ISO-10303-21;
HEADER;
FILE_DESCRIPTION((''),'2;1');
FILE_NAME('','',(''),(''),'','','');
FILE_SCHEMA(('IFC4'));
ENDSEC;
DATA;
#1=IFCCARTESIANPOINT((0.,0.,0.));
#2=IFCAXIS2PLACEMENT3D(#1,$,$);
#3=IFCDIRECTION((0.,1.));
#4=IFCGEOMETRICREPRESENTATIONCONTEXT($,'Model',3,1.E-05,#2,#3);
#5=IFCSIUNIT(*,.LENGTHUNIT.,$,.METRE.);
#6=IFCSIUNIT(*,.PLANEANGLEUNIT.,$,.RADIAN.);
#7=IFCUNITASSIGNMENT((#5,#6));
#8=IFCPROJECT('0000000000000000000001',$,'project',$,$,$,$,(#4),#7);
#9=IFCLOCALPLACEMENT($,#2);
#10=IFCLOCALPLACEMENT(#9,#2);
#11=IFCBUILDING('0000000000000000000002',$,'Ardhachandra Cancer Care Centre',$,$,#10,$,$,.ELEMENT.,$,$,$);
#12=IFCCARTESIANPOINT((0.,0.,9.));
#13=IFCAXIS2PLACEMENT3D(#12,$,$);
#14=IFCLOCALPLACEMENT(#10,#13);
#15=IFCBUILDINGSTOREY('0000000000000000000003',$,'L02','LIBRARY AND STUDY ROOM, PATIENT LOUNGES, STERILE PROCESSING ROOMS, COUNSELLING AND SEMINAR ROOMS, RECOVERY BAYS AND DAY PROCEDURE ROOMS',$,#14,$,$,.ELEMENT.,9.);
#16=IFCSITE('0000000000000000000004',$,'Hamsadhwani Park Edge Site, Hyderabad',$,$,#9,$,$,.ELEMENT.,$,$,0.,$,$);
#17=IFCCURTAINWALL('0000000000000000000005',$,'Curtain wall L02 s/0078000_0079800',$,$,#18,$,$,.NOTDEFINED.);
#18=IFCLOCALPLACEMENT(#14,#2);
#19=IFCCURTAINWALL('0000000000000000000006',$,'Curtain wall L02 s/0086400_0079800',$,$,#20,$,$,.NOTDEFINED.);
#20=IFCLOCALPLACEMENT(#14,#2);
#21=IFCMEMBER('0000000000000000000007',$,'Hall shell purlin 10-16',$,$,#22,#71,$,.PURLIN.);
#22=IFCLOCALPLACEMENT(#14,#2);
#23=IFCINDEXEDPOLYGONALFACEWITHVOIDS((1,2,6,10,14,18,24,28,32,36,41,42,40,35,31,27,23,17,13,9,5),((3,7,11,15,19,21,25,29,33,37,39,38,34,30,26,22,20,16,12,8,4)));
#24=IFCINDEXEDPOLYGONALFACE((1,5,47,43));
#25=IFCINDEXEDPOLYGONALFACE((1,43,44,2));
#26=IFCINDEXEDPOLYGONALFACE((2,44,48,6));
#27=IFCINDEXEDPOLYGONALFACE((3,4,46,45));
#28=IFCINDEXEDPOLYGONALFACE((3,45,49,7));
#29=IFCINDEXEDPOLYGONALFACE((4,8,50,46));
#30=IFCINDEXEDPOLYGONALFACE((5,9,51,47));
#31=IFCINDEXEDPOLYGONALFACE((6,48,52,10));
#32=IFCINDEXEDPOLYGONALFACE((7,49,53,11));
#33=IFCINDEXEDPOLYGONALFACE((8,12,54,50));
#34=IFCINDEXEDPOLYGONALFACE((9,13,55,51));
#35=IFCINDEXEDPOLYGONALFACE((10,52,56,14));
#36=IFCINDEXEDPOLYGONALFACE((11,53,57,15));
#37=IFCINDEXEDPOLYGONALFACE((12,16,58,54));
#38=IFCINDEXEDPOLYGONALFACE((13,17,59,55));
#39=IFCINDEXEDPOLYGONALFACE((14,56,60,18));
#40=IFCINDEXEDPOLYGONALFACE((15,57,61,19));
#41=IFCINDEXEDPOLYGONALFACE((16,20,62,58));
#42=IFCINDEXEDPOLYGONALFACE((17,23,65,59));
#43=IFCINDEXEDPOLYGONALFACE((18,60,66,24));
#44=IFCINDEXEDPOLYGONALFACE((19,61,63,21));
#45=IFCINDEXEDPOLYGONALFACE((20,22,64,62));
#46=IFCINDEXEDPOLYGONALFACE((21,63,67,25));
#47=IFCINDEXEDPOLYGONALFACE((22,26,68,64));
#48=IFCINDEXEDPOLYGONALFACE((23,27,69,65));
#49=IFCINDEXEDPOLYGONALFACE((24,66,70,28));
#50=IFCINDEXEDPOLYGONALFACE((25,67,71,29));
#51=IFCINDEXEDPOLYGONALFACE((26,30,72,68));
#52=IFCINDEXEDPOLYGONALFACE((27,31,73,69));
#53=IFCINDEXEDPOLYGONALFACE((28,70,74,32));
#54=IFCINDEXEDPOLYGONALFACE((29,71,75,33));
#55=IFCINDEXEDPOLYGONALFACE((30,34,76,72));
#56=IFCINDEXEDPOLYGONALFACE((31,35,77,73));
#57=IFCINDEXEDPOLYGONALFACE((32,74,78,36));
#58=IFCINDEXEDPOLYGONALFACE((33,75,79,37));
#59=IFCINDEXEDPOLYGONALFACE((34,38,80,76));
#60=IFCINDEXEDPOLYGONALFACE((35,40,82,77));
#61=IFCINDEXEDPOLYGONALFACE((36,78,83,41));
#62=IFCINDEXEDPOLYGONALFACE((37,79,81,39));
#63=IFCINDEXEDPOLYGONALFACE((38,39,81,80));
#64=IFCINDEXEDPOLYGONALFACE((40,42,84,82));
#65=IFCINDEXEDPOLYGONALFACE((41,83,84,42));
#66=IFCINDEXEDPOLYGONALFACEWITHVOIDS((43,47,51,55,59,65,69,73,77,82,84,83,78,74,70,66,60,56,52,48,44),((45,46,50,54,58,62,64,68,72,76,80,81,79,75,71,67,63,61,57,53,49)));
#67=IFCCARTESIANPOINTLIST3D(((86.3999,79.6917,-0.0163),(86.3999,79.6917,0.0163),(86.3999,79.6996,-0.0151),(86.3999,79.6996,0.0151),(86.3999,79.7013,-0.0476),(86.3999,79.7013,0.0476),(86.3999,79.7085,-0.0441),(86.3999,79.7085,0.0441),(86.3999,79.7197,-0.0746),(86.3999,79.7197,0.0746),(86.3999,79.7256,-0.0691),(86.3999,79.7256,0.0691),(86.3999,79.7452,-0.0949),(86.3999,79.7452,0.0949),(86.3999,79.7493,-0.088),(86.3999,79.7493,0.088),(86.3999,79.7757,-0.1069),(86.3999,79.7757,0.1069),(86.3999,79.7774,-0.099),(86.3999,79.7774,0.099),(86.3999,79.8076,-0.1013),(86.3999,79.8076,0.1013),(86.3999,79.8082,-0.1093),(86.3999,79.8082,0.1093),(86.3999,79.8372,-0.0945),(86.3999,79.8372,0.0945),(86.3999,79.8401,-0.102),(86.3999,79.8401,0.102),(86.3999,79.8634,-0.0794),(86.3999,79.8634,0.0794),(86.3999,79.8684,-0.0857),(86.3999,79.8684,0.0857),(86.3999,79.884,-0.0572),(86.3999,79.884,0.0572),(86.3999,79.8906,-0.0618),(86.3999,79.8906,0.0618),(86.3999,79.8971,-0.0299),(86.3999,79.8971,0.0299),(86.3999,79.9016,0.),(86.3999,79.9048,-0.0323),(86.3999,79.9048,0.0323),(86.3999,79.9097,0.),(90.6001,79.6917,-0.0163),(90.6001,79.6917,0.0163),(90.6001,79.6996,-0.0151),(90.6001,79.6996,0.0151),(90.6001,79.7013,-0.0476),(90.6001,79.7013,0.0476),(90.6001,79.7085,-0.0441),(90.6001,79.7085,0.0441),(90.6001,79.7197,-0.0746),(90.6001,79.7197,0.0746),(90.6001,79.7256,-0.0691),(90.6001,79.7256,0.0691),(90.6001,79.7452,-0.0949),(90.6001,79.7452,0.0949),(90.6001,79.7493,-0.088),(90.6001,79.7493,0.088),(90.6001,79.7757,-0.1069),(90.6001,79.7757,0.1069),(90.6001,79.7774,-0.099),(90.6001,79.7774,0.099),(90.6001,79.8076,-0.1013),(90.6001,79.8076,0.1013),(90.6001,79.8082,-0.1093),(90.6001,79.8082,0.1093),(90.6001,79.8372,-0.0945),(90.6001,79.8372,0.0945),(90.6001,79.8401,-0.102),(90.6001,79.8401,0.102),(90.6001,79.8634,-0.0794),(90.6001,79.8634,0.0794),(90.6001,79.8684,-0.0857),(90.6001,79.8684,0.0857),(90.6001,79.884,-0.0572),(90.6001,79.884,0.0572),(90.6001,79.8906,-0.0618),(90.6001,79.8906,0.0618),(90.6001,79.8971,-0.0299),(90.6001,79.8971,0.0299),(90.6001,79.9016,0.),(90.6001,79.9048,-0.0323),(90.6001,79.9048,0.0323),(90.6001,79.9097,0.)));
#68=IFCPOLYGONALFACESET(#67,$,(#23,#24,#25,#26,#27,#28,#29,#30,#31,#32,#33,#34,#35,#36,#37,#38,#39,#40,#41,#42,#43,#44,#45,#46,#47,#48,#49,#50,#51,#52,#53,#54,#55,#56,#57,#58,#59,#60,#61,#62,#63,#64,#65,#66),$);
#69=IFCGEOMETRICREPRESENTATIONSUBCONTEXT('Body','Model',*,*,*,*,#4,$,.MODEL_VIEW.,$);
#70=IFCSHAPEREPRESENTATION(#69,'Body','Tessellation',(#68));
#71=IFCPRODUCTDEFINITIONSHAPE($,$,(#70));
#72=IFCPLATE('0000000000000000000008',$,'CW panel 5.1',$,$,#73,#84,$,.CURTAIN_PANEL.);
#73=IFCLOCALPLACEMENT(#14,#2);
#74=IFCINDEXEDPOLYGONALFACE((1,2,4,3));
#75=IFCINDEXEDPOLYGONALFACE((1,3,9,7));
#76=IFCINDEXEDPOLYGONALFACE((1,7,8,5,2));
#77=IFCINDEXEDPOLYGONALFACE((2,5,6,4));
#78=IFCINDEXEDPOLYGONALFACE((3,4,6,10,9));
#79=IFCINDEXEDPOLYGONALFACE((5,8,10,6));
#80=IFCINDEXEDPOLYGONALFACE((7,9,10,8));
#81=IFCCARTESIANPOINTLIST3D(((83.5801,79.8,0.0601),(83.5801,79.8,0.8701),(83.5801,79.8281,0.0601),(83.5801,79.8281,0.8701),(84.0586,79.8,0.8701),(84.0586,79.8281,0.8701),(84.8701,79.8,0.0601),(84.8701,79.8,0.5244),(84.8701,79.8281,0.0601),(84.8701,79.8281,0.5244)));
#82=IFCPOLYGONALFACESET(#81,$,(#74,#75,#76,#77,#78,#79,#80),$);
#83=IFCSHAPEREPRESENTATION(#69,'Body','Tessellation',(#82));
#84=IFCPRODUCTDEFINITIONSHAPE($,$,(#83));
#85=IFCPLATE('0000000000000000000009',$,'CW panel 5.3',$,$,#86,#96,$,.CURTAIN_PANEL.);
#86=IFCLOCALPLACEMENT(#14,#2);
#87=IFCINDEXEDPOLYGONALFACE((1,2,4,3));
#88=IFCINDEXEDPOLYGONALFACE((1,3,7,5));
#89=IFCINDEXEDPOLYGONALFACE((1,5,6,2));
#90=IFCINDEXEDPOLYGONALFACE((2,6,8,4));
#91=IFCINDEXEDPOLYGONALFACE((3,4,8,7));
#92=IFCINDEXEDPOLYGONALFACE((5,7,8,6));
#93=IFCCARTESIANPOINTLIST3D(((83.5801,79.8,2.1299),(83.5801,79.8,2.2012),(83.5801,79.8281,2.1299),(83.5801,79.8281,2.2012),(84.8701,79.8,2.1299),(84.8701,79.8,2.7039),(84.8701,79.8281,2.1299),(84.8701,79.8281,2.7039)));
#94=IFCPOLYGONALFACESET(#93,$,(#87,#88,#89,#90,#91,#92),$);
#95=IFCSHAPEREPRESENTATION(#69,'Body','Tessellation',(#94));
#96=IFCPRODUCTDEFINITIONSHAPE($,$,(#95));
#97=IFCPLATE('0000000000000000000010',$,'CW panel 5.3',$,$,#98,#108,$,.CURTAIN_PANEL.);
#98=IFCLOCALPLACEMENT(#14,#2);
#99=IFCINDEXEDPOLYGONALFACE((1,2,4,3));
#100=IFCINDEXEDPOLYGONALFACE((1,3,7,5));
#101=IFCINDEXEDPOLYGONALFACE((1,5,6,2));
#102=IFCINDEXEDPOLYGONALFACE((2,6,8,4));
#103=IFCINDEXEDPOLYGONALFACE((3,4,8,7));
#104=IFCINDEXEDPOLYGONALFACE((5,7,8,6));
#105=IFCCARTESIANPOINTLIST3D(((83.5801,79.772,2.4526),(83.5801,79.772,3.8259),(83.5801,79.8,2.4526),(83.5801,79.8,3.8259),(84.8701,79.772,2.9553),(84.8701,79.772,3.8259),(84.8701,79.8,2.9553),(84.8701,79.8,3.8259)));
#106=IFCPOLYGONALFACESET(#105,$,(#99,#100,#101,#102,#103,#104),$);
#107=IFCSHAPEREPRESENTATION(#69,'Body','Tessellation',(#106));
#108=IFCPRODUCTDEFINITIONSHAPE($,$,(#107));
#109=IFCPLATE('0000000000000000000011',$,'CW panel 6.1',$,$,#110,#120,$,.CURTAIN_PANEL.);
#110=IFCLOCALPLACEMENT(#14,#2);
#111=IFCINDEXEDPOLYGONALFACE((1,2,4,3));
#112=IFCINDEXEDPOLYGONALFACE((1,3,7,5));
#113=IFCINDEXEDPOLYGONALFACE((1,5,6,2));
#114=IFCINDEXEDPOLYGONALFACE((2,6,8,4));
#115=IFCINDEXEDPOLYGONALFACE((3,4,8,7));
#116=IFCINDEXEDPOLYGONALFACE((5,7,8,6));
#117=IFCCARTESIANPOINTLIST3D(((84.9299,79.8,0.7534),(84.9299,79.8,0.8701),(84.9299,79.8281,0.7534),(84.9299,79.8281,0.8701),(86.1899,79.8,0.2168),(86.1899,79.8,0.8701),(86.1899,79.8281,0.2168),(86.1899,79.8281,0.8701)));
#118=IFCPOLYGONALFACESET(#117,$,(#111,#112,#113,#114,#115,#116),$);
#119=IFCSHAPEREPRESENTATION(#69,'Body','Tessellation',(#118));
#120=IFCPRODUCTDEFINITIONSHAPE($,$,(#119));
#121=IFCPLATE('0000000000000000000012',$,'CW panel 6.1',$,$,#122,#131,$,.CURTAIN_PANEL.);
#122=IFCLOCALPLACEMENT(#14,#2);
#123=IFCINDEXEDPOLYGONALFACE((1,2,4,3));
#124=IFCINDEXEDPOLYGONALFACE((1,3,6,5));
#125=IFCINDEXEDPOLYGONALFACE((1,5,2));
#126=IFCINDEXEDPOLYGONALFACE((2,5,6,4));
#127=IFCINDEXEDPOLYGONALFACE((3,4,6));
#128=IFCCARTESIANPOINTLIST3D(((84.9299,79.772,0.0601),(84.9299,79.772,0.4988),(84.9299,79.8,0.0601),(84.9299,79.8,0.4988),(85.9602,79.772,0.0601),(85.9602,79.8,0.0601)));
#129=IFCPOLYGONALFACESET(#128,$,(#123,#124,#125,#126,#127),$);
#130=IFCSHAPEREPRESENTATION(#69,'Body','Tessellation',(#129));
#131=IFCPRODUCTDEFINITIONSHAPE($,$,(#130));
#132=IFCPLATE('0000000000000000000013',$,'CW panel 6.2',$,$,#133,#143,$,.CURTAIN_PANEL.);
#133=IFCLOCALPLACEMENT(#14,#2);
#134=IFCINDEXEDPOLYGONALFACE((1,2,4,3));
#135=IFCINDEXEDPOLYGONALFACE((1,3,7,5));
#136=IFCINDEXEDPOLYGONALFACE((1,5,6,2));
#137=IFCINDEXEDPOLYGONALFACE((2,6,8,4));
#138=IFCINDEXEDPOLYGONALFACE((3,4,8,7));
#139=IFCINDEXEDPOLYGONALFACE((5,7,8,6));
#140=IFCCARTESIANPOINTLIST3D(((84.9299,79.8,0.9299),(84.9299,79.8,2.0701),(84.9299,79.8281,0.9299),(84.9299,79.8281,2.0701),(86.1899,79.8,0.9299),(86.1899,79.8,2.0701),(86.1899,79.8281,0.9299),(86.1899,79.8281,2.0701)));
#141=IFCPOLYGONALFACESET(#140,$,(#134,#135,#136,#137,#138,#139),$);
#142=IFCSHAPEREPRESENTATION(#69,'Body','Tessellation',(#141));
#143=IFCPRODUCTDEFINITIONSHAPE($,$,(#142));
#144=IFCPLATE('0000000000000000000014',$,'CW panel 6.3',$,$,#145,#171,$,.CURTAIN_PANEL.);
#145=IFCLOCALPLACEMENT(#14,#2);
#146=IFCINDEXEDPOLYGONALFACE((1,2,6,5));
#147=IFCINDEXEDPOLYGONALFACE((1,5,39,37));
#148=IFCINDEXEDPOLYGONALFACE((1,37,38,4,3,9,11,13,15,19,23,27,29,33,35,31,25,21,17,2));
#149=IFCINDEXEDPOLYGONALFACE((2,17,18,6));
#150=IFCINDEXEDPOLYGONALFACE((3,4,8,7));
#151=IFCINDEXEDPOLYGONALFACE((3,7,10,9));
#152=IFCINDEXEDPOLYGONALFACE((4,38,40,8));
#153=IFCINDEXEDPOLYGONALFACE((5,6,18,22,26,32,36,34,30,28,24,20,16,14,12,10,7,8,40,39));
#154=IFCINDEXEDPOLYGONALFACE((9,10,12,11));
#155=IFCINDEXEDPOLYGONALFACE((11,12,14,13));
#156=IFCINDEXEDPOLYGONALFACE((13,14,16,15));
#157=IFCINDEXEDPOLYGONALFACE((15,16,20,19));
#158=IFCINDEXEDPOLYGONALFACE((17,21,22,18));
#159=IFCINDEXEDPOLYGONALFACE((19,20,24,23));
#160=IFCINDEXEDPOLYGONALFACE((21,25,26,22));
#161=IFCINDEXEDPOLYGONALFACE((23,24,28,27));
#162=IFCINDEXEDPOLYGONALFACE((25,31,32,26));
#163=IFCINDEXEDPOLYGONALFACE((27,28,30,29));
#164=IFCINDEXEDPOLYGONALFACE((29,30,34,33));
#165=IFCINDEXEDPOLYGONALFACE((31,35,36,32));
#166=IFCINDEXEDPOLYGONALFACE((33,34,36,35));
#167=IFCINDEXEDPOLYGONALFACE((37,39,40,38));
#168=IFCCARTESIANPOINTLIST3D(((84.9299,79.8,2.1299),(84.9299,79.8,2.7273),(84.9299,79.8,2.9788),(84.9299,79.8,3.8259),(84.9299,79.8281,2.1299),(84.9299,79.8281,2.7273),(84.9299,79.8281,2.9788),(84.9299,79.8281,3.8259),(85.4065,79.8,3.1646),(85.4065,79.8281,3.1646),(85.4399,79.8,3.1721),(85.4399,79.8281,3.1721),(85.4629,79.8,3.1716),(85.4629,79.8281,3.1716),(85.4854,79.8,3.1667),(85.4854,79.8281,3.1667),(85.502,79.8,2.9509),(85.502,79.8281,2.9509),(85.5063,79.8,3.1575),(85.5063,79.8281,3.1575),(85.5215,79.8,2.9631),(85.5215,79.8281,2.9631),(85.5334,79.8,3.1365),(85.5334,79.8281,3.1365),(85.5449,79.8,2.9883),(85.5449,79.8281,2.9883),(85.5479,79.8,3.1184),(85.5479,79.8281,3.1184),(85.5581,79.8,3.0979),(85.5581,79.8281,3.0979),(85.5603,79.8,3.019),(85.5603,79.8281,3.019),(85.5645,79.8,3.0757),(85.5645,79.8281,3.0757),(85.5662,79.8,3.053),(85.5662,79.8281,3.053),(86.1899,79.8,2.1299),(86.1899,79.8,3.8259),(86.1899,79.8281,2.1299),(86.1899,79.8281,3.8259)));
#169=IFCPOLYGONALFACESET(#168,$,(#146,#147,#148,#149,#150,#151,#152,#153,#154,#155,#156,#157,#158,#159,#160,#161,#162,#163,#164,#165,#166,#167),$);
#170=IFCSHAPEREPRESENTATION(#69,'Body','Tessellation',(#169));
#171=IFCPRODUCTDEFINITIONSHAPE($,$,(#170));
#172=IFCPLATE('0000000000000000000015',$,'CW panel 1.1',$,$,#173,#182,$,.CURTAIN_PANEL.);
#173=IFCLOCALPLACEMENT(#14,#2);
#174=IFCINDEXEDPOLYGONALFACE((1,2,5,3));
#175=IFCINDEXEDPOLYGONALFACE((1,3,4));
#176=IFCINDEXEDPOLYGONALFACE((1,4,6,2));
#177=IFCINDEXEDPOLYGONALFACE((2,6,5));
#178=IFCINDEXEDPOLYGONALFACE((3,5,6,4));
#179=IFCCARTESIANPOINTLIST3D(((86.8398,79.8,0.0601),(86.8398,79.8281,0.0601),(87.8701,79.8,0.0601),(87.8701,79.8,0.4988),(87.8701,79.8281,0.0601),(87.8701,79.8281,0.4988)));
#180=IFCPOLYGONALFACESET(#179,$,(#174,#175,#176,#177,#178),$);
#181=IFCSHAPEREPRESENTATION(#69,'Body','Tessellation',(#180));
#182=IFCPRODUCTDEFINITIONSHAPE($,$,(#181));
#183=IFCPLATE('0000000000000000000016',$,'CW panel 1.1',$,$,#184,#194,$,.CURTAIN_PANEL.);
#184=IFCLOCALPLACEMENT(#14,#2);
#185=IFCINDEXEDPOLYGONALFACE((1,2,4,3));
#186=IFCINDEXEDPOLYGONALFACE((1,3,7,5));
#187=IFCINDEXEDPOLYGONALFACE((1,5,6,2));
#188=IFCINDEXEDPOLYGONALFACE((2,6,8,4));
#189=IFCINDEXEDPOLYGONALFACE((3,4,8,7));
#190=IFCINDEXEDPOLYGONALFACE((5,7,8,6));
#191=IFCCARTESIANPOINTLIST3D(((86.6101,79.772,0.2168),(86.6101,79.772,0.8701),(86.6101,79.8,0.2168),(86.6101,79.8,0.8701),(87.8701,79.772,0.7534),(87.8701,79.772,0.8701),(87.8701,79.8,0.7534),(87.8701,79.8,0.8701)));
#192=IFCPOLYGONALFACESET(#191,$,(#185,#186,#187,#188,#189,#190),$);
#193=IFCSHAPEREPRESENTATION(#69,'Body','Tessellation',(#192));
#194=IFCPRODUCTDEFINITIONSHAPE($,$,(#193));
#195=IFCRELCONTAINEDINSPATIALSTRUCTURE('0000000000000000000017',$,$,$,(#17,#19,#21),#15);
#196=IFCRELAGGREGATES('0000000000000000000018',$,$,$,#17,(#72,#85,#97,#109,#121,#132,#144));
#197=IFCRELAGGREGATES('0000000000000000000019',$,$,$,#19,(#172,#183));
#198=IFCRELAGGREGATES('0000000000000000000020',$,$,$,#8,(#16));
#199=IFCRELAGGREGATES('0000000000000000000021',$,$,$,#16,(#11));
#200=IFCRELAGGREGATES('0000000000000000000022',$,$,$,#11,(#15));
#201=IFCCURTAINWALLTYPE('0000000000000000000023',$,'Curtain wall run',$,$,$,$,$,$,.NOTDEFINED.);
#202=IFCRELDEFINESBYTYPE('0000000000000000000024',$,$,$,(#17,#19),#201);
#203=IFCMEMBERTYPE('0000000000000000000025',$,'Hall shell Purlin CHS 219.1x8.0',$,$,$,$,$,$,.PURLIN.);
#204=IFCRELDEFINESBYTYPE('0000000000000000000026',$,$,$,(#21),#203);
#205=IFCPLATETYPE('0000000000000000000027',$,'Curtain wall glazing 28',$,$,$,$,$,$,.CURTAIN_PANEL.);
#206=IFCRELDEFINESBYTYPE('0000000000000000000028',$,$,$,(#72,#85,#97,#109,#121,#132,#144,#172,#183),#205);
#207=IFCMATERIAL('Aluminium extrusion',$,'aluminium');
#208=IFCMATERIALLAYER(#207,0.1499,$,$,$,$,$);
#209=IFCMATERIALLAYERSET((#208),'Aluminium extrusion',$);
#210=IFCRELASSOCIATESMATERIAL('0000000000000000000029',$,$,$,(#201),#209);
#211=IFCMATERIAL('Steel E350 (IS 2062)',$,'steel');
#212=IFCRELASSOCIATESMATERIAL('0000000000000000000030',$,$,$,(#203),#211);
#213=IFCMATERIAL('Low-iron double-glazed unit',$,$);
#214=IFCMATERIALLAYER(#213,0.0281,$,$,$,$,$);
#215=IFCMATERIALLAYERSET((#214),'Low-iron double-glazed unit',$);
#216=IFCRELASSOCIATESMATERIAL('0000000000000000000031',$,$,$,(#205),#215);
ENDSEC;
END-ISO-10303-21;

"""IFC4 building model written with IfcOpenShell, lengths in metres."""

from ifc_helpers import new_model, si_unit, direction, frame, origin, origin_2d, place, context, subcontext, project, spatial, polyline, hollow_circle, outline, extrude, material, layer, layer_set, material_profile, profile_set, type_object, element, aggregate, save


model = new_model("IFC4")

# Units and contexts
model_context = context("Model", 3, precision=1e-05, world=origin(), true_north=direction((0.0, 1.0)))
body_context = subcontext(model_context, "Body", "Model", "MODEL_VIEW")
ifc_project = project(units=[si_unit("LENGTHUNIT", "METRE"), si_unit("PLANEANGLEUNIT", "RADIAN")], contexts=[model_context])

# Site, building, storey
site_placement = place(None, origin())
site = spatial("IfcSite", under=ifc_project, at=site_placement, Name="Hamsadhwani Park Edge Site, Hyderabad", CompositionType="ELEMENT", RefElevation=0.0)
building_placement = place(site_placement, origin())
building = spatial("IfcBuilding", under=site, at=building_placement, Name="Ardhachandra Cancer Care Centre", CompositionType="ELEMENT")
storey_placement = place(building_placement, frame((0.0, 0.0, 9.0)))
storey = spatial("IfcBuildingStorey", under=building, at=storey_placement, Name="L02", Description="LIBRARY AND STUDY ROOM, PATIENT LOUNGES, STERILE PROCESSING ROOMS, COUNSELLING AND SEMINAR ROOMS, RECOVERY BAYS AND DAY PROCEDURE ROOMS", CompositionType="ELEMENT", Elevation=9.0)

# Curtain walls
ifc_material_1 = material(Name="Aluminium extrusion", Category="aluminium")
ifc_layer_1 = layer(ifc_material_1, 0.1499)
ifc_layer_set_1 = layer_set([ifc_layer_1], Name="Aluminium extrusion")
curtain_wall_type = type_object("IfcCurtainWallType", Name="Curtain wall run", PredefinedType="NOTDEFINED", material=ifc_layer_set_1)
curtain_wall_1_placement = place(storey_placement, origin())
curtain_wall_1 = element("IfcCurtainWall", 1, at=curtain_wall_1_placement, inside=storey, type_object=curtain_wall_type, Name="Curtain wall L02 s/0078000_0079800", PredefinedType="NOTDEFINED")
curtain_wall_2_placement = place(storey_placement, origin())
curtain_wall_2 = element("IfcCurtainWall", 2, at=curtain_wall_2_placement, inside=storey, type_object=curtain_wall_type, Name="Curtain wall L02 s/0086400_0079800", PredefinedType="NOTDEFINED")

# Member
ifc_material_2 = material(Name="Steel E350 (IS 2062)", Category="steel")
ifc_material_profile_1 = material_profile(ifc_material_2, hollow_circle(Radius=0.1096, WallThickness=0.0081, at=origin_2d()), Name="CHS 219.1x8.0")
ifc_profile_set_1 = profile_set([ifc_material_profile_1], Name="Steel E350 (IS 2062)")
member_type_1 = type_object("IfcMemberType", Name="Hall shell Purlin CHS 219.1x8.0", PredefinedType="PURLIN", material=ifc_profile_set_1)
member_1_placement = place(storey_placement, frame((86.3999, 79.8, 0.0), z_axis=(1.0, 0.0, 0.0), x_axis=(0.0, 1.0, 0.0)))
element("IfcMember", 3, at=member_1_placement, inside=storey, type_object=member_type_1, Name="Hall shell purlin 10-16", PredefinedType="PURLIN", context=body_context, shape_type="SweptSolid", body=[
    extrude(hollow_circle(Radius=0.1096, WallThickness=0.0081, at=origin_2d()), origin(), (0.0, 0.0, 1.0), 4.2002),
])

# Plates
ifc_material_3 = material(Name="Low-iron double-glazed unit")
ifc_layer_2 = layer(ifc_material_3, 0.0281)
ifc_layer_set_2 = layer_set([ifc_layer_2], Name="Low-iron double-glazed unit")
plate_type = type_object("IfcPlateType", Name="Curtain wall glazing 28", PredefinedType="CURTAIN_PANEL", material=ifc_layer_set_2)
plate_1_placement = place(storey_placement, frame((84.8701, 79.8, 0.0601), z_axis=(0.0, 1.0, 0.0), x_axis=(-1.0, 0.0, 0.0)))
plate_1 = element("IfcPlate", 4, at=plate_1_placement, type_object=plate_type, Name="CW panel 5.1", PredefinedType="CURTAIN_PANEL", context=body_context, shape_type="SweptSolid", body=[
    extrude(outline(polyline([(0.0, 0.0), (1.29, 0.0), (1.29, 0.8101), (0.8115, 0.8101), (0.0, 0.4644), (0.0, 0.0)])), origin(), (0.0, 0.0, 1.0), 0.0281),
])
plate_2_placement = place(storey_placement, frame((84.8701, 79.8, 2.1299), z_axis=(0.0, 1.0, 0.0), x_axis=(-1.0, 0.0, 0.0)))
plate_2 = element("IfcPlate", 5, at=plate_2_placement, type_object=plate_type, Name="CW panel 5.3", PredefinedType="CURTAIN_PANEL", context=body_context, shape_type="SweptSolid", body=[
    extrude(outline(polyline([(0.0, 0.0), (1.29, 0.0), (1.29, 0.0713), (0.0, 0.574), (0.0, 0.0)])), origin(), (0.0, 0.0, 1.0), 0.0281),
])
plate_3_placement = place(storey_placement, frame((83.5801, 79.8, 3.8259), z_axis=(0.0, 1.0, 0.0), x_axis=(1.0, 0.0, 0.0)))
plate_3 = element("IfcPlate", 6, at=plate_3_placement, type_object=plate_type, Name="CW panel 5.3", PredefinedType="CURTAIN_PANEL", context=body_context, shape_type="SweptSolid", body=[
    extrude(outline(polyline([(0.0, 0.0), (1.29, 0.0), (1.29, 0.8706), (0.0, 1.3733), (0.0, 0.0)])), frame((0.0, 0.0, -0.0281)), (0.0, 0.0, 1.0), 0.0281),
])
plate_4_placement = place(storey_placement, frame((84.9299, 79.8, 0.8701), z_axis=(0.0, 1.0, 0.0), x_axis=(1.0, 0.0, 0.0)))
plate_4 = element("IfcPlate", 7, at=plate_4_placement, type_object=plate_type, Name="CW panel 6.1", PredefinedType="CURTAIN_PANEL", context=body_context, shape_type="SweptSolid", body=[
    extrude(outline(polyline([(0.0, 0.0), (1.26, 0.0), (1.26, 0.6533), (0.0, 0.1167), (0.0, 0.0)])), origin(), (0.0, 0.0, 1.0), 0.0281),
])
plate_5_placement = place(storey_placement, frame((84.9299, 79.8, 0.0601), z_axis=(0.0, 1.0, 0.0), x_axis=(0.0, 0.0, 1.0)))
plate_5 = element("IfcPlate", 8, at=plate_5_placement, type_object=plate_type, Name="CW panel 6.1", PredefinedType="CURTAIN_PANEL", context=body_context, shape_type="SweptSolid", body=[
    extrude(outline(polyline([(0.0, 0.0), (0.4387, 0.0), (0.0, 1.0303), (0.0, 0.0)])), frame((0.0, 0.0, -0.0281)), (0.0, 0.0, 1.0), 0.0281),
])
plate_6_placement = place(storey_placement, frame((84.9299, 79.8, 0.9299), z_axis=(0.0, 1.0, 0.0), x_axis=(0.0, 0.0, 1.0)))
plate_6 = element("IfcPlate", 9, at=plate_6_placement, type_object=plate_type, Name="CW panel 6.2", PredefinedType="CURTAIN_PANEL", context=body_context, shape_type="SweptSolid", body=[
    extrude(outline(polyline([(0.0, 0.0), (1.1401, 0.0), (1.1401, 1.26), (0.0, 1.26), (0.0, 0.0)])), origin(), (0.0, 0.0, 1.0), 0.0281),
])
plate_7_placement = place(storey_placement, frame((84.9299, 79.8, 3.8259), z_axis=(0.0, 1.0, 0.0), x_axis=(1.0, 0.0, 0.0)))
plate_7 = element("IfcPlate", 10, at=plate_7_placement, type_object=plate_type, Name="CW panel 6.3", PredefinedType="CURTAIN_PANEL", context=body_context, shape_type="SweptSolid", body=[
    extrude(outline(polyline([(0.0, 0.0), (1.26, 0.0), (1.26, 1.696), (0.0, 1.696), (0.0, 1.0986), (0.572, 0.875), (0.5916, 0.8628), (0.615, 0.8376), (0.6304, 0.8069), (0.6362, 0.7729), (0.6345, 0.7502), (0.6282, 0.728), (0.6179, 0.7075), (0.6035, 0.6895), (0.5764, 0.6685), (0.5554, 0.6592), (0.533, 0.6543), (0.51, 0.6538), (0.4766, 0.6614), (0.0, 0.8472), (0.0, 0.0)])), origin(), (0.0, 0.0, 1.0), 0.0281),
])
aggregate(curtain_wall_1, [plate_1, plate_2, plate_3, plate_4, plate_5, plate_6, plate_7])
plate_8_placement = place(storey_placement, frame((87.8701, 79.8, 0.0601), z_axis=(0.0, 1.0, 0.0), x_axis=(-1.0, 0.0, 0.0)))
plate_8 = element("IfcPlate", 11, at=plate_8_placement, type_object=plate_type, Name="CW panel 1.1", PredefinedType="CURTAIN_PANEL", context=body_context, shape_type="SweptSolid", body=[
    extrude(outline(polyline([(0.0, 0.0), (1.0303, 0.0), (0.0, 0.4387), (0.0, 0.0)])), origin(), (0.0, 0.0, 1.0), 0.0281),
])
plate_9_placement = place(storey_placement, frame((86.6101, 79.8, 0.8701), z_axis=(0.0, 1.0, 0.0), x_axis=(1.0, 0.0, 0.0)))
plate_9 = element("IfcPlate", 12, at=plate_9_placement, type_object=plate_type, Name="CW panel 1.1", PredefinedType="CURTAIN_PANEL", context=body_context, shape_type="SweptSolid", body=[
    extrude(outline(polyline([(0.0, 0.0), (1.26, 0.0), (1.26, 0.1167), (0.0, 0.6533), (0.0, 0.0)])), frame((0.0, 0.0, -0.0281)), (0.0, 0.0, 1.0), 0.0281),
])
aggregate(curtain_wall_2, [plate_8, plate_9])

save(model, "model.ifc")
